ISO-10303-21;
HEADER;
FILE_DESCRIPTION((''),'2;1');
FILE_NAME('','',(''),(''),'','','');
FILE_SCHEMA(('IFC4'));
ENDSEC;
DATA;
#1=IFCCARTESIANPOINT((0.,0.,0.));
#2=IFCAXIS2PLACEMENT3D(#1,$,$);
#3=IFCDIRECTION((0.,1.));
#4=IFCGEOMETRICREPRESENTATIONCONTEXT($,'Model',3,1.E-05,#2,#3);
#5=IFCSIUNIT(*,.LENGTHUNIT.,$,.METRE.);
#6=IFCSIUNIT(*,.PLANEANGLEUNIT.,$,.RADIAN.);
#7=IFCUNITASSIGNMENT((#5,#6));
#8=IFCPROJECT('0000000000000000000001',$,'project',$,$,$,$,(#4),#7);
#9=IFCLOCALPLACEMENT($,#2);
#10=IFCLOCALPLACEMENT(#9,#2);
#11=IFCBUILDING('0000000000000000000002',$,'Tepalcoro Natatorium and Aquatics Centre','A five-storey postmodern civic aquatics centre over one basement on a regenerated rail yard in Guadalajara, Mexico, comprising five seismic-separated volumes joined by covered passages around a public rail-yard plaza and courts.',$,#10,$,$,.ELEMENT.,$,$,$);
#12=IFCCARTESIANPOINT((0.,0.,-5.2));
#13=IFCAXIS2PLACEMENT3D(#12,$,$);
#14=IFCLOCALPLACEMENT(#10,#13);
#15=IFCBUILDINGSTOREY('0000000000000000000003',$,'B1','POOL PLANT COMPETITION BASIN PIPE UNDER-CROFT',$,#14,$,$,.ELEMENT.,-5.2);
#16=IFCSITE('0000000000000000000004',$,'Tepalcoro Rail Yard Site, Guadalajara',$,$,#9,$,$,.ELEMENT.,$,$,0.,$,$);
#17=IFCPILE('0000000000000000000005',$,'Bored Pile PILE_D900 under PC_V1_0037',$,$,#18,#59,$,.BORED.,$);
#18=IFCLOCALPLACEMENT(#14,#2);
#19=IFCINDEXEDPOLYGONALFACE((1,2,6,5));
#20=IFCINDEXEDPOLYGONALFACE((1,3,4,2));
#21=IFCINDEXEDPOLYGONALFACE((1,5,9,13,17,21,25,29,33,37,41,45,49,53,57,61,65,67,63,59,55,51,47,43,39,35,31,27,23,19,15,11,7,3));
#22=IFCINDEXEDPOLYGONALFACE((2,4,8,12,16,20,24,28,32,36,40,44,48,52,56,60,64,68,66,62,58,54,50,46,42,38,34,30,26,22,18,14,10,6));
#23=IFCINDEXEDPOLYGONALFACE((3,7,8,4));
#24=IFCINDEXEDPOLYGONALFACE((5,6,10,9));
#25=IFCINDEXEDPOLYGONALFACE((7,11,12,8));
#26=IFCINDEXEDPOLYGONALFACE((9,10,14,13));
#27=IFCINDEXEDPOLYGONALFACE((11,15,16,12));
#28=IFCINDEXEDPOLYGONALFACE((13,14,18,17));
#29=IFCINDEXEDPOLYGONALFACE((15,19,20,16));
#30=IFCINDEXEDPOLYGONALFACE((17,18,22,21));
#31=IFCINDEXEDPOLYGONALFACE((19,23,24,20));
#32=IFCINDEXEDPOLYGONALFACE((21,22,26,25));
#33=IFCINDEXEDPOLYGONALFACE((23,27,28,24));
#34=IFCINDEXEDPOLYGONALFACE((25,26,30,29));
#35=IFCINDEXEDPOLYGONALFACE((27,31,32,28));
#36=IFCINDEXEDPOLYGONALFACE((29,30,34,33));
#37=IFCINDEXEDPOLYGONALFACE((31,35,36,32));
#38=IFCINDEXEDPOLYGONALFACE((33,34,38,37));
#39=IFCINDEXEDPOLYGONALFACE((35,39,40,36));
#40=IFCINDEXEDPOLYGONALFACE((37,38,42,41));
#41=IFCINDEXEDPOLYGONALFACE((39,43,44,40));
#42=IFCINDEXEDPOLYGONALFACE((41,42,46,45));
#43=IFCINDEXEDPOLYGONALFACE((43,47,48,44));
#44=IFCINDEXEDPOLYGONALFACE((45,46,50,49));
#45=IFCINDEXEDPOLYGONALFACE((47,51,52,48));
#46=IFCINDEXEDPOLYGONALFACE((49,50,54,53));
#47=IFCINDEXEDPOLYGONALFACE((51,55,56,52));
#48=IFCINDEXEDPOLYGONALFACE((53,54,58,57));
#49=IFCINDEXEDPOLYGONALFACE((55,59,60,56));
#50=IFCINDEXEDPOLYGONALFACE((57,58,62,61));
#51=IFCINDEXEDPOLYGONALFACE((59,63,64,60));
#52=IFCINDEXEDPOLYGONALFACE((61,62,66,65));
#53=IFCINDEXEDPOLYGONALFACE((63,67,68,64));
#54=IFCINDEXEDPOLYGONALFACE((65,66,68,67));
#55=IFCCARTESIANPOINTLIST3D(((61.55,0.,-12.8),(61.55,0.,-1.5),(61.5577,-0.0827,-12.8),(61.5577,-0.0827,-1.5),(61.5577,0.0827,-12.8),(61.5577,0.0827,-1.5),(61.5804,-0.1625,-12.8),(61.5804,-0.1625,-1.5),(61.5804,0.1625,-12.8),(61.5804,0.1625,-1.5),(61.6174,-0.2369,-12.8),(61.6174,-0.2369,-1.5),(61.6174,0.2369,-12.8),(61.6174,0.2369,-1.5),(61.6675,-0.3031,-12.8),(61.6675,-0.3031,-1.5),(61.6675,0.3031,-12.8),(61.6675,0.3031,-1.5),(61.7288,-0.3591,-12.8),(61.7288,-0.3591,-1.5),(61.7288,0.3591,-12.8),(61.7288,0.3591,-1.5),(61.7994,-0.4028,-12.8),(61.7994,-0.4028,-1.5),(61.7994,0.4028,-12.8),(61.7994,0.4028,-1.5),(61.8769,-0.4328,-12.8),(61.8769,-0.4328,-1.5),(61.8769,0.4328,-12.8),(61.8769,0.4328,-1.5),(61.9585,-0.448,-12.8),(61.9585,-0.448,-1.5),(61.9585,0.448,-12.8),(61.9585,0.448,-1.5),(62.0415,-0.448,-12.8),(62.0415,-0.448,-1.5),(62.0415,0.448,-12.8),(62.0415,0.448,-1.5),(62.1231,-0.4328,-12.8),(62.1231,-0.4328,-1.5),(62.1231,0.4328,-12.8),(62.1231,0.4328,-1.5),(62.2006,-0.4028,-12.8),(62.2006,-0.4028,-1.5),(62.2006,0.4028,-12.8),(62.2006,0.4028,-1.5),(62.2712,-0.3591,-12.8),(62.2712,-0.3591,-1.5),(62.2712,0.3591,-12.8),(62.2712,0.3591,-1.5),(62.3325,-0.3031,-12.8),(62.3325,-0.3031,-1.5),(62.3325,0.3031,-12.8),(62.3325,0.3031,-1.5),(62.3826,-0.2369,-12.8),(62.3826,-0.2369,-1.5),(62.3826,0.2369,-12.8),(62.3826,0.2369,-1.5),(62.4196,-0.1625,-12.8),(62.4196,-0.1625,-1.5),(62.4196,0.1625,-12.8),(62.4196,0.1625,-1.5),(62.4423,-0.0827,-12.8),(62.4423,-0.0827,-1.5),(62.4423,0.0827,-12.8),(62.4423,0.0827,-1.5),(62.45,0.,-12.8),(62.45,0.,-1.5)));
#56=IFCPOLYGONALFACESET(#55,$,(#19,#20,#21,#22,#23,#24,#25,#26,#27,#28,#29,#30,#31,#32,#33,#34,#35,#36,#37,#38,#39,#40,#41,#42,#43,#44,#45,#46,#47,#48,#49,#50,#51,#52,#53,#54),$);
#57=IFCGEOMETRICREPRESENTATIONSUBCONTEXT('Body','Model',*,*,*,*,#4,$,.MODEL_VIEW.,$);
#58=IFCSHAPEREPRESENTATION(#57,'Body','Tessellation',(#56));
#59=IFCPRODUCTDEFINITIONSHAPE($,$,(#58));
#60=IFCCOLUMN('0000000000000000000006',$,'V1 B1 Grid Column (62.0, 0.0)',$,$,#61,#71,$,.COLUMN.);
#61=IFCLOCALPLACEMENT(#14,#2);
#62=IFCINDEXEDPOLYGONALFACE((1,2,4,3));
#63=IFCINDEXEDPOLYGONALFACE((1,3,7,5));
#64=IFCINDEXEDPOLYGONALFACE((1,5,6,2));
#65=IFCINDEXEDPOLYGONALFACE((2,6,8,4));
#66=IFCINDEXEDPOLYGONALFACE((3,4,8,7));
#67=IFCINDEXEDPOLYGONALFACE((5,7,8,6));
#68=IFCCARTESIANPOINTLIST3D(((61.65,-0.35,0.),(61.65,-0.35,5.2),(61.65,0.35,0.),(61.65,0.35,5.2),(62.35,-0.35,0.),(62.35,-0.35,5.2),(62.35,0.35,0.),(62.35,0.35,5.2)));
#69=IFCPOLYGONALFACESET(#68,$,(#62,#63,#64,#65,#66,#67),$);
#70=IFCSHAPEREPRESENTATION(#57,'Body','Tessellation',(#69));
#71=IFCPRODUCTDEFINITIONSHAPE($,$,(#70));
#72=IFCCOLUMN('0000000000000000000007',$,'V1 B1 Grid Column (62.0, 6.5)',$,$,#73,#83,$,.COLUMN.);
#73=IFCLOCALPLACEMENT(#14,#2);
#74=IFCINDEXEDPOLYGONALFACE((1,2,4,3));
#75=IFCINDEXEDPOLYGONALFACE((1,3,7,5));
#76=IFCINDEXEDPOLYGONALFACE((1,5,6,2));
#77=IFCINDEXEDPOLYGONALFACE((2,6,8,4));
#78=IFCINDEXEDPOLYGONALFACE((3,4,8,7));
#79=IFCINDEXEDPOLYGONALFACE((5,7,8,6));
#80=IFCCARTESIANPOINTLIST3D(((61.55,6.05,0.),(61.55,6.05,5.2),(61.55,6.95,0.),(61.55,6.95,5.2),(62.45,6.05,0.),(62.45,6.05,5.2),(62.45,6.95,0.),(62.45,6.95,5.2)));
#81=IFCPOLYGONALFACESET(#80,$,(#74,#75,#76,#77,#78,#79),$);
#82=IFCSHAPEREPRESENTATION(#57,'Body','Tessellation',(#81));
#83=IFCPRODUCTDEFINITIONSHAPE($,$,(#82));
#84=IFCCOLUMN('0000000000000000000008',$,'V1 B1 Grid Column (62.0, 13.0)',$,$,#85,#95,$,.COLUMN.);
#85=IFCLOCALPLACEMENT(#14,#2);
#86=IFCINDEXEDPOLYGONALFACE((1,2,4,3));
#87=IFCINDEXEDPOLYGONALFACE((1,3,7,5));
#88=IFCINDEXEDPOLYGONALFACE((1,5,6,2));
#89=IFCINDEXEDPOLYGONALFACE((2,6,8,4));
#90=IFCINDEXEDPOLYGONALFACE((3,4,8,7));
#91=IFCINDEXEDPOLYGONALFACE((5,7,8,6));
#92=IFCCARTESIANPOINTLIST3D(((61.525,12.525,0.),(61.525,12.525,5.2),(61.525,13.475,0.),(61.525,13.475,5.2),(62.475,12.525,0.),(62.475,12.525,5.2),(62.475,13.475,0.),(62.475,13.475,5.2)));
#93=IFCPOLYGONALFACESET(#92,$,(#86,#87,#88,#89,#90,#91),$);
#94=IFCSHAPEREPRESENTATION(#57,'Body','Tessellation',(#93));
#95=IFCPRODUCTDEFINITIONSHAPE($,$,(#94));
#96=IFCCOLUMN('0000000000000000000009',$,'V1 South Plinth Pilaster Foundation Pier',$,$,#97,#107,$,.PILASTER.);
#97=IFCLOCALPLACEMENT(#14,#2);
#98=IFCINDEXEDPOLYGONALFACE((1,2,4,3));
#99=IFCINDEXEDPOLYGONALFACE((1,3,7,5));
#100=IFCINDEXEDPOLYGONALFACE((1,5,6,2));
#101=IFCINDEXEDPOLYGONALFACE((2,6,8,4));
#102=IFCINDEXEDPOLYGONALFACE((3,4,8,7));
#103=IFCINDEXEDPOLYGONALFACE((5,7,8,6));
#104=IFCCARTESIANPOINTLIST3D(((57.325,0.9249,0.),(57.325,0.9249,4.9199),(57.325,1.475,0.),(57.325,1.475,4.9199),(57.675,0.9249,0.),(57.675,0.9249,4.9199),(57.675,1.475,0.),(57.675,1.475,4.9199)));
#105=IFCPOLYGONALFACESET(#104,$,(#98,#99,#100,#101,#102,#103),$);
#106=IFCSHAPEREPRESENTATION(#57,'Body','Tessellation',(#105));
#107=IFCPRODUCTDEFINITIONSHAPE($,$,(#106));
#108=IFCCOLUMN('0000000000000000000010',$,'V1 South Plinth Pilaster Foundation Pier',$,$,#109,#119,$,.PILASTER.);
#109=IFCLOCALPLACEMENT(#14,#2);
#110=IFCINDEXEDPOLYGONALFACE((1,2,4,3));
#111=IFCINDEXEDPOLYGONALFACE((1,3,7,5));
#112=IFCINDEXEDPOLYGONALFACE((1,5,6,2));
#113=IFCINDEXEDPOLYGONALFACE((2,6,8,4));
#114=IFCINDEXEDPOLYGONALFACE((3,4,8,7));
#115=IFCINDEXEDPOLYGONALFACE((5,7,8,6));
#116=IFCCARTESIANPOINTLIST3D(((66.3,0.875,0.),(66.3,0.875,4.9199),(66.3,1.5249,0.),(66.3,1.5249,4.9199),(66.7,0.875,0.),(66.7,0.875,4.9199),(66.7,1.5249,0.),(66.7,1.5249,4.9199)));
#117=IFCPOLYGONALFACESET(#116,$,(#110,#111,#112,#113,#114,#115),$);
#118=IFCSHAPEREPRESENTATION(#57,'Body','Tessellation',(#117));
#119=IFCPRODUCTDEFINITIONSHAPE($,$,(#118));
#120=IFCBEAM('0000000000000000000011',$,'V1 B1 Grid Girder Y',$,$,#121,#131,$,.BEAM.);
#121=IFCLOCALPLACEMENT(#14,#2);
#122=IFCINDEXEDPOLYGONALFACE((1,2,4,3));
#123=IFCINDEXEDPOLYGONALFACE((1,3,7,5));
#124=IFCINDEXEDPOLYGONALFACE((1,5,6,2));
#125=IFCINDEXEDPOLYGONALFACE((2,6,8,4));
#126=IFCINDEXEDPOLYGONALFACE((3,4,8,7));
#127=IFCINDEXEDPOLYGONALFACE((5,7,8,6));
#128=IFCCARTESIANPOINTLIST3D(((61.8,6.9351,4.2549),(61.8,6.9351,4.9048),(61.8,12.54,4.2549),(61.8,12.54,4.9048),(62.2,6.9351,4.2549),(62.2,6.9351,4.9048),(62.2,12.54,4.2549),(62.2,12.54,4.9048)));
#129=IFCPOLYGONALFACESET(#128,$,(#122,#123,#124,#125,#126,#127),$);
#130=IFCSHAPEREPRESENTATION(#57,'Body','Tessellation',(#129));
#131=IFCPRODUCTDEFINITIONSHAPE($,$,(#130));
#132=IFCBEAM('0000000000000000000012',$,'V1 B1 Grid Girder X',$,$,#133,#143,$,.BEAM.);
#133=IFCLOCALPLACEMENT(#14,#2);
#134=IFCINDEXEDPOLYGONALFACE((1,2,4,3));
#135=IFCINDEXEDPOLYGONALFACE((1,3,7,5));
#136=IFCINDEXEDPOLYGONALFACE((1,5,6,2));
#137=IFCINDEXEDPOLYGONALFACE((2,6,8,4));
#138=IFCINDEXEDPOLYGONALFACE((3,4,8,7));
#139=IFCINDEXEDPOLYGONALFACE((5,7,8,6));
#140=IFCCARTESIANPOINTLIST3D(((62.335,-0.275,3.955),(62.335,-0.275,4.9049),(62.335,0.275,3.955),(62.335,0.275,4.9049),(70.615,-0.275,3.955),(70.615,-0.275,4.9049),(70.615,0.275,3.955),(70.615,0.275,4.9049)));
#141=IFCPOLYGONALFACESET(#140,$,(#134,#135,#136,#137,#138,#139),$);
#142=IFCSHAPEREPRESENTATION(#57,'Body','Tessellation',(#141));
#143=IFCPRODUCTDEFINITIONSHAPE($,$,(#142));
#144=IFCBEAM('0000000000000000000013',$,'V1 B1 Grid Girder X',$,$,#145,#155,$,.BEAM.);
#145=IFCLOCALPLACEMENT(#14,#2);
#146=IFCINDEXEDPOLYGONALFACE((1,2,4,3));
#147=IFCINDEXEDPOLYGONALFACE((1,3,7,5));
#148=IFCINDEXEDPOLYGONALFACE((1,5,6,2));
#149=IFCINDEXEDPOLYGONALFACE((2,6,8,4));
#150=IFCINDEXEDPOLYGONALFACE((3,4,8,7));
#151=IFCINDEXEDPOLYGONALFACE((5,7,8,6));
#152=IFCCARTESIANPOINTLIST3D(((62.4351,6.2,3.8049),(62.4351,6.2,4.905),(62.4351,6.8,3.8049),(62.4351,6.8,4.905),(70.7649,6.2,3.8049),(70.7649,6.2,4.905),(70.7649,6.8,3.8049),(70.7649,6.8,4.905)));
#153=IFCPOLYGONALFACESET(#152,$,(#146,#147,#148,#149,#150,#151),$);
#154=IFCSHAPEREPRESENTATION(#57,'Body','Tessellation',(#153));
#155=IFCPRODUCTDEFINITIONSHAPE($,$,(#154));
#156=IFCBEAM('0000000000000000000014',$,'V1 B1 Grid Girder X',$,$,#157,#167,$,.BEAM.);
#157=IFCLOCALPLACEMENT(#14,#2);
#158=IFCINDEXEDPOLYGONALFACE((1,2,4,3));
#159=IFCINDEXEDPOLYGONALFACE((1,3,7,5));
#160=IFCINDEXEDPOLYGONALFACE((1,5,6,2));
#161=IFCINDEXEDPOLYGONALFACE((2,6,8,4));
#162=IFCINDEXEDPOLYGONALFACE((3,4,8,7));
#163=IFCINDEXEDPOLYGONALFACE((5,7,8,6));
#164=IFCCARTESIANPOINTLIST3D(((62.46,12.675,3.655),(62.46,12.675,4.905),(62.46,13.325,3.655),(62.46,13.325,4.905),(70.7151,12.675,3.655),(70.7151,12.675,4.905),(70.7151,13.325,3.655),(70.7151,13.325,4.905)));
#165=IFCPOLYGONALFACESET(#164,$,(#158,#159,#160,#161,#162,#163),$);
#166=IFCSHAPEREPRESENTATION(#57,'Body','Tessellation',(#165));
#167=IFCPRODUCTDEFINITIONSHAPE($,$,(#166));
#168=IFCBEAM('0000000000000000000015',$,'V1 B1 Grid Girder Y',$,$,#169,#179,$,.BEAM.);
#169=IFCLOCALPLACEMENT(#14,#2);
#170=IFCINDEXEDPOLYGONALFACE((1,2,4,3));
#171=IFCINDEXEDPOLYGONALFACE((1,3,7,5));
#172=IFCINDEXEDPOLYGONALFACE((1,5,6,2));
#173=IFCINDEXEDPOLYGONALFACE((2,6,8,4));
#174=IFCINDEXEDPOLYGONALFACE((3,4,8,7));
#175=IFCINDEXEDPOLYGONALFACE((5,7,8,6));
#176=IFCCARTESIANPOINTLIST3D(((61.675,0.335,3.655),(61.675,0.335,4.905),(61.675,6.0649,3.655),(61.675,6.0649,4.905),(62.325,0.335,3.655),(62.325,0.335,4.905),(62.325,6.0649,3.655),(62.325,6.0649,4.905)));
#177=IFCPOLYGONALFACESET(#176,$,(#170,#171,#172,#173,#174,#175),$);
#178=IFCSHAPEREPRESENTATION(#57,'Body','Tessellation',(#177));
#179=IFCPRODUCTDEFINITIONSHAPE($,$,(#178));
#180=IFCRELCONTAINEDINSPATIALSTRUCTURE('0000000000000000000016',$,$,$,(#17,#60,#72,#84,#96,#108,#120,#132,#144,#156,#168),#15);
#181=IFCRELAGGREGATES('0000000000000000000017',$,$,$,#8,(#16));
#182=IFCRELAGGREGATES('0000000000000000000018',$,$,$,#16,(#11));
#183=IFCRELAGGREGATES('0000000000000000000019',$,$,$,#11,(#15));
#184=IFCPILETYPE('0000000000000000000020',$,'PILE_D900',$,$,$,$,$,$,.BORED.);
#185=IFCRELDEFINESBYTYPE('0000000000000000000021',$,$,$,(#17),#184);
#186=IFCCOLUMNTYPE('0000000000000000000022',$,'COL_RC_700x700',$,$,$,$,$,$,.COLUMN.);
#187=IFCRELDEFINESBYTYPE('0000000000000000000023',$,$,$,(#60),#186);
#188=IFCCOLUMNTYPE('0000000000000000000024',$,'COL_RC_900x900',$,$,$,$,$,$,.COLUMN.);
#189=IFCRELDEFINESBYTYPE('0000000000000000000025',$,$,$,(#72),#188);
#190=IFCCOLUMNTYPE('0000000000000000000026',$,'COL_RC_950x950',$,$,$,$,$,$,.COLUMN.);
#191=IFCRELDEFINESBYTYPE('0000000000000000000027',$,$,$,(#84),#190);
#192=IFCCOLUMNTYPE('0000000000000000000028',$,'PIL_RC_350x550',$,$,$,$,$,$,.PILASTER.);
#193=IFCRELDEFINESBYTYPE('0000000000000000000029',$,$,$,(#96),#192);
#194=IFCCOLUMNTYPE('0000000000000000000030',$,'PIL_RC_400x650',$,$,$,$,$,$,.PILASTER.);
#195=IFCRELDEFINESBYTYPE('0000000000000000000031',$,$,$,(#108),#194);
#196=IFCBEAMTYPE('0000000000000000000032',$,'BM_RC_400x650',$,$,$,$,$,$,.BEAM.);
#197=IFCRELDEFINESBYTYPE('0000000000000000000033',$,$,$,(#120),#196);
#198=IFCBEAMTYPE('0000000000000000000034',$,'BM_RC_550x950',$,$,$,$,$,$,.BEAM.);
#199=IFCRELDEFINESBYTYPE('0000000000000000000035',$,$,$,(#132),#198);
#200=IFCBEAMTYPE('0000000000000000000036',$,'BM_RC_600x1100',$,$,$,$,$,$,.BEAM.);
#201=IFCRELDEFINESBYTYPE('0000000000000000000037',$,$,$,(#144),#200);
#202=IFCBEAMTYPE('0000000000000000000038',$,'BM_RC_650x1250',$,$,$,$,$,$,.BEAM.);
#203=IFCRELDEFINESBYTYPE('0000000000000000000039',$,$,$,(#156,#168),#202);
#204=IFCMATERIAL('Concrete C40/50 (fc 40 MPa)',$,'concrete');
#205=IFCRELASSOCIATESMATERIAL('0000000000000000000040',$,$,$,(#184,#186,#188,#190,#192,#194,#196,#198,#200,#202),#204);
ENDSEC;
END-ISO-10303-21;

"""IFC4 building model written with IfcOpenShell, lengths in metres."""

from ifc_helpers import new_model, si_unit, direction, frame, origin, origin_2d, place, context, subcontext, project, spatial, rectangle, circle, extrude, material, material_profile, profile_set, type_object, element, save


model = new_model("IFC4")

# Units and contexts
model_context = context("Model", 3, precision=1e-05, world=origin(), true_north=direction((0.0, 1.0)))
body_context = subcontext(model_context, "Body", "Model", "MODEL_VIEW")
ifc_project = project(units=[si_unit("LENGTHUNIT", "METRE"), si_unit("PLANEANGLEUNIT", "RADIAN")], contexts=[model_context])

# Site, building, storey
site_placement = place(None, origin())
site = spatial("IfcSite", under=ifc_project, at=site_placement, Name="Tepalcoro Rail Yard Site, Guadalajara", CompositionType="ELEMENT", RefElevation=0.0)
building_placement = place(site_placement, origin())
building = spatial("IfcBuilding", under=site, at=building_placement, Name="Tepalcoro Natatorium and Aquatics Centre", Description="A five-storey postmodern civic aquatics centre over one basement on a regenerated rail yard in Guadalajara, Mexico, comprising five seismic-separated volumes joined by covered passages around a public rail-yard plaza and courts.", CompositionType="ELEMENT")
storey_placement = place(building_placement, frame((0.0, 0.0, -5.2)))
storey = spatial("IfcBuildingStorey", under=building, at=storey_placement, Name="B1", Description="POOL PLANT COMPETITION BASIN PIPE UNDER-CROFT", CompositionType="ELEMENT", Elevation=-5.2)

# Pile
ifc_material_1 = material(Name="Concrete C40/50 (fc 40 MPa)", Category="concrete")
ifc_material_profile_1 = material_profile(ifc_material_1, circle(Radius=0.45, at=origin_2d()), Name="PILE_D900")
ifc_profile_set_1 = profile_set([ifc_material_profile_1], Name="Concrete C40/50 (fc 40 MPa)")
pile_type_1 = type_object("IfcPileType", Name="PILE_D900", PredefinedType="BORED", material=ifc_profile_set_1)
pile_1_placement = place(storey_placement, frame((62.0, 0.0, -1.5), z_axis=(0.0, 0.0, -1.0), x_axis=(1.0, 0.0, 0.0)))
element("IfcPile", 1, at=pile_1_placement, inside=storey, type_object=pile_type_1, Name="Bored Pile PILE_D900 under PC_V1_0037", PredefinedType="BORED", context=body_context, shape_type="SweptSolid", body=[
    extrude(circle(Radius=0.45, at=origin_2d()), origin(), (0.0, 0.0, 1.0), 11.3),
])

# Columns
ifc_material_profile_2 = material_profile(ifc_material_1, rectangle(XDim=0.7, YDim=0.7, at=origin_2d()), Name="RC700x700")
ifc_profile_set_2 = profile_set([ifc_material_profile_2], Name="Concrete C40/50 (fc 40 MPa)")
column_type_1 = type_object("IfcColumnType", Name="COL_RC_700x700", PredefinedType="COLUMN", material=ifc_profile_set_2)
column_1_placement = place(storey_placement, frame((62.0, 0.0, 0.0), z_axis=(0.0, 0.0, 1.0), x_axis=(1.0, 0.0, 0.0)))
element("IfcColumn", 2, at=column_1_placement, inside=storey, type_object=column_type_1, Name="V1 B1 Grid Column (62.0, 0.0)", PredefinedType="COLUMN", context=body_context, shape_type="SweptSolid", body=[
    extrude(rectangle(XDim=0.7, YDim=0.7, at=origin_2d()), origin(), (0.0, 0.0, 1.0), 5.2),
])
ifc_material_profile_3 = material_profile(ifc_material_1, rectangle(XDim=0.8999, YDim=0.8999, at=origin_2d()), Name="RC900x900")
ifc_profile_set_3 = profile_set([ifc_material_profile_3], Name="Concrete C40/50 (fc 40 MPa)")
column_type_2 = type_object("IfcColumnType", Name="COL_RC_900x900", PredefinedType="COLUMN", material=ifc_profile_set_3)
column_2_placement = place(storey_placement, frame((62.0, 6.5, 0.0), z_axis=(0.0, 0.0, 1.0), x_axis=(1.0, 0.0, 0.0)))
element("IfcColumn", 3, at=column_2_placement, inside=storey, type_object=column_type_2, Name="V1 B1 Grid Column (62.0, 6.5)", PredefinedType="COLUMN", context=body_context, shape_type="SweptSolid", body=[
    extrude(rectangle(XDim=0.8999, YDim=0.8999, at=origin_2d()), origin(), (0.0, 0.0, 1.0), 5.2),
])
ifc_material_profile_4 = material_profile(ifc_material_1, rectangle(XDim=0.95, YDim=0.95, at=origin_2d()), Name="RC950x950")
ifc_profile_set_4 = profile_set([ifc_material_profile_4], Name="Concrete C40/50 (fc 40 MPa)")
column_type_3 = type_object("IfcColumnType", Name="COL_RC_950x950", PredefinedType="COLUMN", material=ifc_profile_set_4)
column_3_placement = place(storey_placement, frame((62.0, 13.0, 0.0), z_axis=(0.0, 0.0, 1.0), x_axis=(1.0, 0.0, 0.0)))
element("IfcColumn", 4, at=column_3_placement, inside=storey, type_object=column_type_3, Name="V1 B1 Grid Column (62.0, 13.0)", PredefinedType="COLUMN", context=body_context, shape_type="SweptSolid", body=[
    extrude(rectangle(XDim=0.95, YDim=0.95, at=origin_2d()), origin(), (0.0, 0.0, 1.0), 5.2),
])
ifc_material_profile_5 = material_profile(ifc_material_1, rectangle(XDim=0.3501, YDim=0.55, at=origin_2d()), Name="PIL350x550")
ifc_profile_set_5 = profile_set([ifc_material_profile_5], Name="Concrete C40/50 (fc 40 MPa)")
column_type_4 = type_object("IfcColumnType", Name="PIL_RC_350x550", PredefinedType="PILASTER", material=ifc_profile_set_5)
column_4_placement = place(storey_placement, frame((57.5, 1.2, 0.0), z_axis=(0.0, 0.0, 1.0), x_axis=(1.0, 0.0, 0.0)))
element("IfcColumn", 5, at=column_4_placement, inside=storey, type_object=column_type_4, Name="V1 South Plinth Pilaster Foundation Pier", PredefinedType="PILASTER", context=body_context, shape_type="SweptSolid", body=[
    extrude(rectangle(XDim=0.3501, YDim=0.55, at=origin_2d()), origin(), (0.0, 0.0, 1.0), 4.9199),
])
ifc_material_profile_6 = material_profile(ifc_material_1, rectangle(XDim=0.3999, YDim=0.6499, at=origin_2d()), Name="PIL400x650")
ifc_profile_set_6 = profile_set([ifc_material_profile_6], Name="Concrete C40/50 (fc 40 MPa)")
column_type_5 = type_object("IfcColumnType", Name="PIL_RC_400x650", PredefinedType="PILASTER", material=ifc_profile_set_6)
column_5_placement = place(storey_placement, frame((66.5, 1.2, 0.0), z_axis=(0.0, 0.0, 1.0), x_axis=(1.0, 0.0, 0.0)))
element("IfcColumn", 6, at=column_5_placement, inside=storey, type_object=column_type_5, Name="V1 South Plinth Pilaster Foundation Pier", PredefinedType="PILASTER", context=body_context, shape_type="SweptSolid", body=[
    extrude(rectangle(XDim=0.3999, YDim=0.6499, at=origin_2d()), origin(), (0.0, 0.0, 1.0), 4.9199),
])

# Beams
ifc_material_profile_7 = material_profile(ifc_material_1, rectangle(XDim=0.3999, YDim=0.6499, at=origin_2d()), Name="RCB400x650")
ifc_profile_set_7 = profile_set([ifc_material_profile_7], Name="Concrete C40/50 (fc 40 MPa)")
beam_type_1 = type_object("IfcBeamType", Name="BM_RC_400x650", PredefinedType="BEAM", material=ifc_profile_set_7)
beam_1_placement = place(storey_placement, frame((62.0, 6.9351, 4.5798), z_axis=(0.0, 1.0, 0.0), x_axis=(-1.0, 0.0, 0.0)))
element("IfcBeam", 7, at=beam_1_placement, inside=storey, type_object=beam_type_1, Name="V1 B1 Grid Girder Y", PredefinedType="BEAM", context=body_context, shape_type="SweptSolid", body=[
    extrude(rectangle(XDim=0.3999, YDim=0.6499, at=origin_2d()), origin(), (0.0, 0.0, 1.0), 5.605),
])
ifc_material_profile_8 = material_profile(ifc_material_1, rectangle(XDim=0.55, YDim=0.95, at=origin_2d()), Name="RCB550x950")
ifc_profile_set_8 = profile_set([ifc_material_profile_8], Name="Concrete C40/50 (fc 40 MPa)")
beam_type_2 = type_object("IfcBeamType", Name="BM_RC_550x950", PredefinedType="BEAM", material=ifc_profile_set_8)
beam_2_placement = place(storey_placement, frame((62.335, 0.0, 4.4299), z_axis=(1.0, 0.0, 0.0), x_axis=(0.0, 1.0, 0.0)))
element("IfcBeam", 8, at=beam_2_placement, inside=storey, type_object=beam_type_2, Name="V1 B1 Grid Girder X", PredefinedType="BEAM", context=body_context, shape_type="SweptSolid", body=[
    extrude(rectangle(XDim=0.55, YDim=0.95, at=origin_2d()), origin(), (0.0, 0.0, 1.0), 8.28),
])
ifc_material_profile_9 = material_profile(ifc_material_1, rectangle(XDim=0.6001, YDim=1.1001, at=origin_2d()), Name="RCB600x1100")
ifc_profile_set_9 = profile_set([ifc_material_profile_9], Name="Concrete C40/50 (fc 40 MPa)")
beam_type_3 = type_object("IfcBeamType", Name="BM_RC_600x1100", PredefinedType="BEAM", material=ifc_profile_set_9)
beam_3_placement = place(storey_placement, frame((62.4351, 6.5, 4.355), z_axis=(1.0, 0.0, 0.0), x_axis=(0.0, 1.0, 0.0)))
element("IfcBeam", 9, at=beam_3_placement, inside=storey, type_object=beam_type_3, Name="V1 B1 Grid Girder X", PredefinedType="BEAM", context=body_context, shape_type="SweptSolid", body=[
    extrude(rectangle(XDim=0.6001, YDim=1.1001, at=origin_2d()), origin(), (0.0, 0.0, 1.0), 8.3298),
])
ifc_material_profile_10 = material_profile(ifc_material_1, rectangle(XDim=0.6499, YDim=1.25, at=origin_2d()), Name="RCB650x1250")
ifc_profile_set_10 = profile_set([ifc_material_profile_10], Name="Concrete C40/50 (fc 40 MPa)")
beam_type_4 = type_object("IfcBeamType", Name="BM_RC_650x1250", PredefinedType="BEAM", material=ifc_profile_set_10)
beam_4_placement = place(storey_placement, frame((62.46, 13.0, 4.28), z_axis=(1.0, 0.0, 0.0), x_axis=(0.0, 1.0, 0.0)))
element("IfcBeam", 10, at=beam_4_placement, inside=storey, type_object=beam_type_4, Name="V1 B1 Grid Girder X", PredefinedType="BEAM", context=body_context, shape_type="SweptSolid", body=[
    extrude(rectangle(XDim=0.6499, YDim=1.25, at=origin_2d()), origin(), (0.0, 0.0, 1.0), 8.2551),
])
beam_5_placement = place(storey_placement, frame((62.0, 0.335, 4.28), z_axis=(0.0, 1.0, 0.0), x_axis=(-1.0, 0.0, 0.0)))
element("IfcBeam", 11, at=beam_5_placement, inside=storey, type_object=beam_type_4, Name="V1 B1 Grid Girder Y", PredefinedType="BEAM", context=body_context, shape_type="SweptSolid", body=[
    extrude(rectangle(XDim=0.6499, YDim=1.25, at=origin_2d()), origin(), (0.0, 0.0, 1.0), 5.73),
])

save(model, "model.ifc")
